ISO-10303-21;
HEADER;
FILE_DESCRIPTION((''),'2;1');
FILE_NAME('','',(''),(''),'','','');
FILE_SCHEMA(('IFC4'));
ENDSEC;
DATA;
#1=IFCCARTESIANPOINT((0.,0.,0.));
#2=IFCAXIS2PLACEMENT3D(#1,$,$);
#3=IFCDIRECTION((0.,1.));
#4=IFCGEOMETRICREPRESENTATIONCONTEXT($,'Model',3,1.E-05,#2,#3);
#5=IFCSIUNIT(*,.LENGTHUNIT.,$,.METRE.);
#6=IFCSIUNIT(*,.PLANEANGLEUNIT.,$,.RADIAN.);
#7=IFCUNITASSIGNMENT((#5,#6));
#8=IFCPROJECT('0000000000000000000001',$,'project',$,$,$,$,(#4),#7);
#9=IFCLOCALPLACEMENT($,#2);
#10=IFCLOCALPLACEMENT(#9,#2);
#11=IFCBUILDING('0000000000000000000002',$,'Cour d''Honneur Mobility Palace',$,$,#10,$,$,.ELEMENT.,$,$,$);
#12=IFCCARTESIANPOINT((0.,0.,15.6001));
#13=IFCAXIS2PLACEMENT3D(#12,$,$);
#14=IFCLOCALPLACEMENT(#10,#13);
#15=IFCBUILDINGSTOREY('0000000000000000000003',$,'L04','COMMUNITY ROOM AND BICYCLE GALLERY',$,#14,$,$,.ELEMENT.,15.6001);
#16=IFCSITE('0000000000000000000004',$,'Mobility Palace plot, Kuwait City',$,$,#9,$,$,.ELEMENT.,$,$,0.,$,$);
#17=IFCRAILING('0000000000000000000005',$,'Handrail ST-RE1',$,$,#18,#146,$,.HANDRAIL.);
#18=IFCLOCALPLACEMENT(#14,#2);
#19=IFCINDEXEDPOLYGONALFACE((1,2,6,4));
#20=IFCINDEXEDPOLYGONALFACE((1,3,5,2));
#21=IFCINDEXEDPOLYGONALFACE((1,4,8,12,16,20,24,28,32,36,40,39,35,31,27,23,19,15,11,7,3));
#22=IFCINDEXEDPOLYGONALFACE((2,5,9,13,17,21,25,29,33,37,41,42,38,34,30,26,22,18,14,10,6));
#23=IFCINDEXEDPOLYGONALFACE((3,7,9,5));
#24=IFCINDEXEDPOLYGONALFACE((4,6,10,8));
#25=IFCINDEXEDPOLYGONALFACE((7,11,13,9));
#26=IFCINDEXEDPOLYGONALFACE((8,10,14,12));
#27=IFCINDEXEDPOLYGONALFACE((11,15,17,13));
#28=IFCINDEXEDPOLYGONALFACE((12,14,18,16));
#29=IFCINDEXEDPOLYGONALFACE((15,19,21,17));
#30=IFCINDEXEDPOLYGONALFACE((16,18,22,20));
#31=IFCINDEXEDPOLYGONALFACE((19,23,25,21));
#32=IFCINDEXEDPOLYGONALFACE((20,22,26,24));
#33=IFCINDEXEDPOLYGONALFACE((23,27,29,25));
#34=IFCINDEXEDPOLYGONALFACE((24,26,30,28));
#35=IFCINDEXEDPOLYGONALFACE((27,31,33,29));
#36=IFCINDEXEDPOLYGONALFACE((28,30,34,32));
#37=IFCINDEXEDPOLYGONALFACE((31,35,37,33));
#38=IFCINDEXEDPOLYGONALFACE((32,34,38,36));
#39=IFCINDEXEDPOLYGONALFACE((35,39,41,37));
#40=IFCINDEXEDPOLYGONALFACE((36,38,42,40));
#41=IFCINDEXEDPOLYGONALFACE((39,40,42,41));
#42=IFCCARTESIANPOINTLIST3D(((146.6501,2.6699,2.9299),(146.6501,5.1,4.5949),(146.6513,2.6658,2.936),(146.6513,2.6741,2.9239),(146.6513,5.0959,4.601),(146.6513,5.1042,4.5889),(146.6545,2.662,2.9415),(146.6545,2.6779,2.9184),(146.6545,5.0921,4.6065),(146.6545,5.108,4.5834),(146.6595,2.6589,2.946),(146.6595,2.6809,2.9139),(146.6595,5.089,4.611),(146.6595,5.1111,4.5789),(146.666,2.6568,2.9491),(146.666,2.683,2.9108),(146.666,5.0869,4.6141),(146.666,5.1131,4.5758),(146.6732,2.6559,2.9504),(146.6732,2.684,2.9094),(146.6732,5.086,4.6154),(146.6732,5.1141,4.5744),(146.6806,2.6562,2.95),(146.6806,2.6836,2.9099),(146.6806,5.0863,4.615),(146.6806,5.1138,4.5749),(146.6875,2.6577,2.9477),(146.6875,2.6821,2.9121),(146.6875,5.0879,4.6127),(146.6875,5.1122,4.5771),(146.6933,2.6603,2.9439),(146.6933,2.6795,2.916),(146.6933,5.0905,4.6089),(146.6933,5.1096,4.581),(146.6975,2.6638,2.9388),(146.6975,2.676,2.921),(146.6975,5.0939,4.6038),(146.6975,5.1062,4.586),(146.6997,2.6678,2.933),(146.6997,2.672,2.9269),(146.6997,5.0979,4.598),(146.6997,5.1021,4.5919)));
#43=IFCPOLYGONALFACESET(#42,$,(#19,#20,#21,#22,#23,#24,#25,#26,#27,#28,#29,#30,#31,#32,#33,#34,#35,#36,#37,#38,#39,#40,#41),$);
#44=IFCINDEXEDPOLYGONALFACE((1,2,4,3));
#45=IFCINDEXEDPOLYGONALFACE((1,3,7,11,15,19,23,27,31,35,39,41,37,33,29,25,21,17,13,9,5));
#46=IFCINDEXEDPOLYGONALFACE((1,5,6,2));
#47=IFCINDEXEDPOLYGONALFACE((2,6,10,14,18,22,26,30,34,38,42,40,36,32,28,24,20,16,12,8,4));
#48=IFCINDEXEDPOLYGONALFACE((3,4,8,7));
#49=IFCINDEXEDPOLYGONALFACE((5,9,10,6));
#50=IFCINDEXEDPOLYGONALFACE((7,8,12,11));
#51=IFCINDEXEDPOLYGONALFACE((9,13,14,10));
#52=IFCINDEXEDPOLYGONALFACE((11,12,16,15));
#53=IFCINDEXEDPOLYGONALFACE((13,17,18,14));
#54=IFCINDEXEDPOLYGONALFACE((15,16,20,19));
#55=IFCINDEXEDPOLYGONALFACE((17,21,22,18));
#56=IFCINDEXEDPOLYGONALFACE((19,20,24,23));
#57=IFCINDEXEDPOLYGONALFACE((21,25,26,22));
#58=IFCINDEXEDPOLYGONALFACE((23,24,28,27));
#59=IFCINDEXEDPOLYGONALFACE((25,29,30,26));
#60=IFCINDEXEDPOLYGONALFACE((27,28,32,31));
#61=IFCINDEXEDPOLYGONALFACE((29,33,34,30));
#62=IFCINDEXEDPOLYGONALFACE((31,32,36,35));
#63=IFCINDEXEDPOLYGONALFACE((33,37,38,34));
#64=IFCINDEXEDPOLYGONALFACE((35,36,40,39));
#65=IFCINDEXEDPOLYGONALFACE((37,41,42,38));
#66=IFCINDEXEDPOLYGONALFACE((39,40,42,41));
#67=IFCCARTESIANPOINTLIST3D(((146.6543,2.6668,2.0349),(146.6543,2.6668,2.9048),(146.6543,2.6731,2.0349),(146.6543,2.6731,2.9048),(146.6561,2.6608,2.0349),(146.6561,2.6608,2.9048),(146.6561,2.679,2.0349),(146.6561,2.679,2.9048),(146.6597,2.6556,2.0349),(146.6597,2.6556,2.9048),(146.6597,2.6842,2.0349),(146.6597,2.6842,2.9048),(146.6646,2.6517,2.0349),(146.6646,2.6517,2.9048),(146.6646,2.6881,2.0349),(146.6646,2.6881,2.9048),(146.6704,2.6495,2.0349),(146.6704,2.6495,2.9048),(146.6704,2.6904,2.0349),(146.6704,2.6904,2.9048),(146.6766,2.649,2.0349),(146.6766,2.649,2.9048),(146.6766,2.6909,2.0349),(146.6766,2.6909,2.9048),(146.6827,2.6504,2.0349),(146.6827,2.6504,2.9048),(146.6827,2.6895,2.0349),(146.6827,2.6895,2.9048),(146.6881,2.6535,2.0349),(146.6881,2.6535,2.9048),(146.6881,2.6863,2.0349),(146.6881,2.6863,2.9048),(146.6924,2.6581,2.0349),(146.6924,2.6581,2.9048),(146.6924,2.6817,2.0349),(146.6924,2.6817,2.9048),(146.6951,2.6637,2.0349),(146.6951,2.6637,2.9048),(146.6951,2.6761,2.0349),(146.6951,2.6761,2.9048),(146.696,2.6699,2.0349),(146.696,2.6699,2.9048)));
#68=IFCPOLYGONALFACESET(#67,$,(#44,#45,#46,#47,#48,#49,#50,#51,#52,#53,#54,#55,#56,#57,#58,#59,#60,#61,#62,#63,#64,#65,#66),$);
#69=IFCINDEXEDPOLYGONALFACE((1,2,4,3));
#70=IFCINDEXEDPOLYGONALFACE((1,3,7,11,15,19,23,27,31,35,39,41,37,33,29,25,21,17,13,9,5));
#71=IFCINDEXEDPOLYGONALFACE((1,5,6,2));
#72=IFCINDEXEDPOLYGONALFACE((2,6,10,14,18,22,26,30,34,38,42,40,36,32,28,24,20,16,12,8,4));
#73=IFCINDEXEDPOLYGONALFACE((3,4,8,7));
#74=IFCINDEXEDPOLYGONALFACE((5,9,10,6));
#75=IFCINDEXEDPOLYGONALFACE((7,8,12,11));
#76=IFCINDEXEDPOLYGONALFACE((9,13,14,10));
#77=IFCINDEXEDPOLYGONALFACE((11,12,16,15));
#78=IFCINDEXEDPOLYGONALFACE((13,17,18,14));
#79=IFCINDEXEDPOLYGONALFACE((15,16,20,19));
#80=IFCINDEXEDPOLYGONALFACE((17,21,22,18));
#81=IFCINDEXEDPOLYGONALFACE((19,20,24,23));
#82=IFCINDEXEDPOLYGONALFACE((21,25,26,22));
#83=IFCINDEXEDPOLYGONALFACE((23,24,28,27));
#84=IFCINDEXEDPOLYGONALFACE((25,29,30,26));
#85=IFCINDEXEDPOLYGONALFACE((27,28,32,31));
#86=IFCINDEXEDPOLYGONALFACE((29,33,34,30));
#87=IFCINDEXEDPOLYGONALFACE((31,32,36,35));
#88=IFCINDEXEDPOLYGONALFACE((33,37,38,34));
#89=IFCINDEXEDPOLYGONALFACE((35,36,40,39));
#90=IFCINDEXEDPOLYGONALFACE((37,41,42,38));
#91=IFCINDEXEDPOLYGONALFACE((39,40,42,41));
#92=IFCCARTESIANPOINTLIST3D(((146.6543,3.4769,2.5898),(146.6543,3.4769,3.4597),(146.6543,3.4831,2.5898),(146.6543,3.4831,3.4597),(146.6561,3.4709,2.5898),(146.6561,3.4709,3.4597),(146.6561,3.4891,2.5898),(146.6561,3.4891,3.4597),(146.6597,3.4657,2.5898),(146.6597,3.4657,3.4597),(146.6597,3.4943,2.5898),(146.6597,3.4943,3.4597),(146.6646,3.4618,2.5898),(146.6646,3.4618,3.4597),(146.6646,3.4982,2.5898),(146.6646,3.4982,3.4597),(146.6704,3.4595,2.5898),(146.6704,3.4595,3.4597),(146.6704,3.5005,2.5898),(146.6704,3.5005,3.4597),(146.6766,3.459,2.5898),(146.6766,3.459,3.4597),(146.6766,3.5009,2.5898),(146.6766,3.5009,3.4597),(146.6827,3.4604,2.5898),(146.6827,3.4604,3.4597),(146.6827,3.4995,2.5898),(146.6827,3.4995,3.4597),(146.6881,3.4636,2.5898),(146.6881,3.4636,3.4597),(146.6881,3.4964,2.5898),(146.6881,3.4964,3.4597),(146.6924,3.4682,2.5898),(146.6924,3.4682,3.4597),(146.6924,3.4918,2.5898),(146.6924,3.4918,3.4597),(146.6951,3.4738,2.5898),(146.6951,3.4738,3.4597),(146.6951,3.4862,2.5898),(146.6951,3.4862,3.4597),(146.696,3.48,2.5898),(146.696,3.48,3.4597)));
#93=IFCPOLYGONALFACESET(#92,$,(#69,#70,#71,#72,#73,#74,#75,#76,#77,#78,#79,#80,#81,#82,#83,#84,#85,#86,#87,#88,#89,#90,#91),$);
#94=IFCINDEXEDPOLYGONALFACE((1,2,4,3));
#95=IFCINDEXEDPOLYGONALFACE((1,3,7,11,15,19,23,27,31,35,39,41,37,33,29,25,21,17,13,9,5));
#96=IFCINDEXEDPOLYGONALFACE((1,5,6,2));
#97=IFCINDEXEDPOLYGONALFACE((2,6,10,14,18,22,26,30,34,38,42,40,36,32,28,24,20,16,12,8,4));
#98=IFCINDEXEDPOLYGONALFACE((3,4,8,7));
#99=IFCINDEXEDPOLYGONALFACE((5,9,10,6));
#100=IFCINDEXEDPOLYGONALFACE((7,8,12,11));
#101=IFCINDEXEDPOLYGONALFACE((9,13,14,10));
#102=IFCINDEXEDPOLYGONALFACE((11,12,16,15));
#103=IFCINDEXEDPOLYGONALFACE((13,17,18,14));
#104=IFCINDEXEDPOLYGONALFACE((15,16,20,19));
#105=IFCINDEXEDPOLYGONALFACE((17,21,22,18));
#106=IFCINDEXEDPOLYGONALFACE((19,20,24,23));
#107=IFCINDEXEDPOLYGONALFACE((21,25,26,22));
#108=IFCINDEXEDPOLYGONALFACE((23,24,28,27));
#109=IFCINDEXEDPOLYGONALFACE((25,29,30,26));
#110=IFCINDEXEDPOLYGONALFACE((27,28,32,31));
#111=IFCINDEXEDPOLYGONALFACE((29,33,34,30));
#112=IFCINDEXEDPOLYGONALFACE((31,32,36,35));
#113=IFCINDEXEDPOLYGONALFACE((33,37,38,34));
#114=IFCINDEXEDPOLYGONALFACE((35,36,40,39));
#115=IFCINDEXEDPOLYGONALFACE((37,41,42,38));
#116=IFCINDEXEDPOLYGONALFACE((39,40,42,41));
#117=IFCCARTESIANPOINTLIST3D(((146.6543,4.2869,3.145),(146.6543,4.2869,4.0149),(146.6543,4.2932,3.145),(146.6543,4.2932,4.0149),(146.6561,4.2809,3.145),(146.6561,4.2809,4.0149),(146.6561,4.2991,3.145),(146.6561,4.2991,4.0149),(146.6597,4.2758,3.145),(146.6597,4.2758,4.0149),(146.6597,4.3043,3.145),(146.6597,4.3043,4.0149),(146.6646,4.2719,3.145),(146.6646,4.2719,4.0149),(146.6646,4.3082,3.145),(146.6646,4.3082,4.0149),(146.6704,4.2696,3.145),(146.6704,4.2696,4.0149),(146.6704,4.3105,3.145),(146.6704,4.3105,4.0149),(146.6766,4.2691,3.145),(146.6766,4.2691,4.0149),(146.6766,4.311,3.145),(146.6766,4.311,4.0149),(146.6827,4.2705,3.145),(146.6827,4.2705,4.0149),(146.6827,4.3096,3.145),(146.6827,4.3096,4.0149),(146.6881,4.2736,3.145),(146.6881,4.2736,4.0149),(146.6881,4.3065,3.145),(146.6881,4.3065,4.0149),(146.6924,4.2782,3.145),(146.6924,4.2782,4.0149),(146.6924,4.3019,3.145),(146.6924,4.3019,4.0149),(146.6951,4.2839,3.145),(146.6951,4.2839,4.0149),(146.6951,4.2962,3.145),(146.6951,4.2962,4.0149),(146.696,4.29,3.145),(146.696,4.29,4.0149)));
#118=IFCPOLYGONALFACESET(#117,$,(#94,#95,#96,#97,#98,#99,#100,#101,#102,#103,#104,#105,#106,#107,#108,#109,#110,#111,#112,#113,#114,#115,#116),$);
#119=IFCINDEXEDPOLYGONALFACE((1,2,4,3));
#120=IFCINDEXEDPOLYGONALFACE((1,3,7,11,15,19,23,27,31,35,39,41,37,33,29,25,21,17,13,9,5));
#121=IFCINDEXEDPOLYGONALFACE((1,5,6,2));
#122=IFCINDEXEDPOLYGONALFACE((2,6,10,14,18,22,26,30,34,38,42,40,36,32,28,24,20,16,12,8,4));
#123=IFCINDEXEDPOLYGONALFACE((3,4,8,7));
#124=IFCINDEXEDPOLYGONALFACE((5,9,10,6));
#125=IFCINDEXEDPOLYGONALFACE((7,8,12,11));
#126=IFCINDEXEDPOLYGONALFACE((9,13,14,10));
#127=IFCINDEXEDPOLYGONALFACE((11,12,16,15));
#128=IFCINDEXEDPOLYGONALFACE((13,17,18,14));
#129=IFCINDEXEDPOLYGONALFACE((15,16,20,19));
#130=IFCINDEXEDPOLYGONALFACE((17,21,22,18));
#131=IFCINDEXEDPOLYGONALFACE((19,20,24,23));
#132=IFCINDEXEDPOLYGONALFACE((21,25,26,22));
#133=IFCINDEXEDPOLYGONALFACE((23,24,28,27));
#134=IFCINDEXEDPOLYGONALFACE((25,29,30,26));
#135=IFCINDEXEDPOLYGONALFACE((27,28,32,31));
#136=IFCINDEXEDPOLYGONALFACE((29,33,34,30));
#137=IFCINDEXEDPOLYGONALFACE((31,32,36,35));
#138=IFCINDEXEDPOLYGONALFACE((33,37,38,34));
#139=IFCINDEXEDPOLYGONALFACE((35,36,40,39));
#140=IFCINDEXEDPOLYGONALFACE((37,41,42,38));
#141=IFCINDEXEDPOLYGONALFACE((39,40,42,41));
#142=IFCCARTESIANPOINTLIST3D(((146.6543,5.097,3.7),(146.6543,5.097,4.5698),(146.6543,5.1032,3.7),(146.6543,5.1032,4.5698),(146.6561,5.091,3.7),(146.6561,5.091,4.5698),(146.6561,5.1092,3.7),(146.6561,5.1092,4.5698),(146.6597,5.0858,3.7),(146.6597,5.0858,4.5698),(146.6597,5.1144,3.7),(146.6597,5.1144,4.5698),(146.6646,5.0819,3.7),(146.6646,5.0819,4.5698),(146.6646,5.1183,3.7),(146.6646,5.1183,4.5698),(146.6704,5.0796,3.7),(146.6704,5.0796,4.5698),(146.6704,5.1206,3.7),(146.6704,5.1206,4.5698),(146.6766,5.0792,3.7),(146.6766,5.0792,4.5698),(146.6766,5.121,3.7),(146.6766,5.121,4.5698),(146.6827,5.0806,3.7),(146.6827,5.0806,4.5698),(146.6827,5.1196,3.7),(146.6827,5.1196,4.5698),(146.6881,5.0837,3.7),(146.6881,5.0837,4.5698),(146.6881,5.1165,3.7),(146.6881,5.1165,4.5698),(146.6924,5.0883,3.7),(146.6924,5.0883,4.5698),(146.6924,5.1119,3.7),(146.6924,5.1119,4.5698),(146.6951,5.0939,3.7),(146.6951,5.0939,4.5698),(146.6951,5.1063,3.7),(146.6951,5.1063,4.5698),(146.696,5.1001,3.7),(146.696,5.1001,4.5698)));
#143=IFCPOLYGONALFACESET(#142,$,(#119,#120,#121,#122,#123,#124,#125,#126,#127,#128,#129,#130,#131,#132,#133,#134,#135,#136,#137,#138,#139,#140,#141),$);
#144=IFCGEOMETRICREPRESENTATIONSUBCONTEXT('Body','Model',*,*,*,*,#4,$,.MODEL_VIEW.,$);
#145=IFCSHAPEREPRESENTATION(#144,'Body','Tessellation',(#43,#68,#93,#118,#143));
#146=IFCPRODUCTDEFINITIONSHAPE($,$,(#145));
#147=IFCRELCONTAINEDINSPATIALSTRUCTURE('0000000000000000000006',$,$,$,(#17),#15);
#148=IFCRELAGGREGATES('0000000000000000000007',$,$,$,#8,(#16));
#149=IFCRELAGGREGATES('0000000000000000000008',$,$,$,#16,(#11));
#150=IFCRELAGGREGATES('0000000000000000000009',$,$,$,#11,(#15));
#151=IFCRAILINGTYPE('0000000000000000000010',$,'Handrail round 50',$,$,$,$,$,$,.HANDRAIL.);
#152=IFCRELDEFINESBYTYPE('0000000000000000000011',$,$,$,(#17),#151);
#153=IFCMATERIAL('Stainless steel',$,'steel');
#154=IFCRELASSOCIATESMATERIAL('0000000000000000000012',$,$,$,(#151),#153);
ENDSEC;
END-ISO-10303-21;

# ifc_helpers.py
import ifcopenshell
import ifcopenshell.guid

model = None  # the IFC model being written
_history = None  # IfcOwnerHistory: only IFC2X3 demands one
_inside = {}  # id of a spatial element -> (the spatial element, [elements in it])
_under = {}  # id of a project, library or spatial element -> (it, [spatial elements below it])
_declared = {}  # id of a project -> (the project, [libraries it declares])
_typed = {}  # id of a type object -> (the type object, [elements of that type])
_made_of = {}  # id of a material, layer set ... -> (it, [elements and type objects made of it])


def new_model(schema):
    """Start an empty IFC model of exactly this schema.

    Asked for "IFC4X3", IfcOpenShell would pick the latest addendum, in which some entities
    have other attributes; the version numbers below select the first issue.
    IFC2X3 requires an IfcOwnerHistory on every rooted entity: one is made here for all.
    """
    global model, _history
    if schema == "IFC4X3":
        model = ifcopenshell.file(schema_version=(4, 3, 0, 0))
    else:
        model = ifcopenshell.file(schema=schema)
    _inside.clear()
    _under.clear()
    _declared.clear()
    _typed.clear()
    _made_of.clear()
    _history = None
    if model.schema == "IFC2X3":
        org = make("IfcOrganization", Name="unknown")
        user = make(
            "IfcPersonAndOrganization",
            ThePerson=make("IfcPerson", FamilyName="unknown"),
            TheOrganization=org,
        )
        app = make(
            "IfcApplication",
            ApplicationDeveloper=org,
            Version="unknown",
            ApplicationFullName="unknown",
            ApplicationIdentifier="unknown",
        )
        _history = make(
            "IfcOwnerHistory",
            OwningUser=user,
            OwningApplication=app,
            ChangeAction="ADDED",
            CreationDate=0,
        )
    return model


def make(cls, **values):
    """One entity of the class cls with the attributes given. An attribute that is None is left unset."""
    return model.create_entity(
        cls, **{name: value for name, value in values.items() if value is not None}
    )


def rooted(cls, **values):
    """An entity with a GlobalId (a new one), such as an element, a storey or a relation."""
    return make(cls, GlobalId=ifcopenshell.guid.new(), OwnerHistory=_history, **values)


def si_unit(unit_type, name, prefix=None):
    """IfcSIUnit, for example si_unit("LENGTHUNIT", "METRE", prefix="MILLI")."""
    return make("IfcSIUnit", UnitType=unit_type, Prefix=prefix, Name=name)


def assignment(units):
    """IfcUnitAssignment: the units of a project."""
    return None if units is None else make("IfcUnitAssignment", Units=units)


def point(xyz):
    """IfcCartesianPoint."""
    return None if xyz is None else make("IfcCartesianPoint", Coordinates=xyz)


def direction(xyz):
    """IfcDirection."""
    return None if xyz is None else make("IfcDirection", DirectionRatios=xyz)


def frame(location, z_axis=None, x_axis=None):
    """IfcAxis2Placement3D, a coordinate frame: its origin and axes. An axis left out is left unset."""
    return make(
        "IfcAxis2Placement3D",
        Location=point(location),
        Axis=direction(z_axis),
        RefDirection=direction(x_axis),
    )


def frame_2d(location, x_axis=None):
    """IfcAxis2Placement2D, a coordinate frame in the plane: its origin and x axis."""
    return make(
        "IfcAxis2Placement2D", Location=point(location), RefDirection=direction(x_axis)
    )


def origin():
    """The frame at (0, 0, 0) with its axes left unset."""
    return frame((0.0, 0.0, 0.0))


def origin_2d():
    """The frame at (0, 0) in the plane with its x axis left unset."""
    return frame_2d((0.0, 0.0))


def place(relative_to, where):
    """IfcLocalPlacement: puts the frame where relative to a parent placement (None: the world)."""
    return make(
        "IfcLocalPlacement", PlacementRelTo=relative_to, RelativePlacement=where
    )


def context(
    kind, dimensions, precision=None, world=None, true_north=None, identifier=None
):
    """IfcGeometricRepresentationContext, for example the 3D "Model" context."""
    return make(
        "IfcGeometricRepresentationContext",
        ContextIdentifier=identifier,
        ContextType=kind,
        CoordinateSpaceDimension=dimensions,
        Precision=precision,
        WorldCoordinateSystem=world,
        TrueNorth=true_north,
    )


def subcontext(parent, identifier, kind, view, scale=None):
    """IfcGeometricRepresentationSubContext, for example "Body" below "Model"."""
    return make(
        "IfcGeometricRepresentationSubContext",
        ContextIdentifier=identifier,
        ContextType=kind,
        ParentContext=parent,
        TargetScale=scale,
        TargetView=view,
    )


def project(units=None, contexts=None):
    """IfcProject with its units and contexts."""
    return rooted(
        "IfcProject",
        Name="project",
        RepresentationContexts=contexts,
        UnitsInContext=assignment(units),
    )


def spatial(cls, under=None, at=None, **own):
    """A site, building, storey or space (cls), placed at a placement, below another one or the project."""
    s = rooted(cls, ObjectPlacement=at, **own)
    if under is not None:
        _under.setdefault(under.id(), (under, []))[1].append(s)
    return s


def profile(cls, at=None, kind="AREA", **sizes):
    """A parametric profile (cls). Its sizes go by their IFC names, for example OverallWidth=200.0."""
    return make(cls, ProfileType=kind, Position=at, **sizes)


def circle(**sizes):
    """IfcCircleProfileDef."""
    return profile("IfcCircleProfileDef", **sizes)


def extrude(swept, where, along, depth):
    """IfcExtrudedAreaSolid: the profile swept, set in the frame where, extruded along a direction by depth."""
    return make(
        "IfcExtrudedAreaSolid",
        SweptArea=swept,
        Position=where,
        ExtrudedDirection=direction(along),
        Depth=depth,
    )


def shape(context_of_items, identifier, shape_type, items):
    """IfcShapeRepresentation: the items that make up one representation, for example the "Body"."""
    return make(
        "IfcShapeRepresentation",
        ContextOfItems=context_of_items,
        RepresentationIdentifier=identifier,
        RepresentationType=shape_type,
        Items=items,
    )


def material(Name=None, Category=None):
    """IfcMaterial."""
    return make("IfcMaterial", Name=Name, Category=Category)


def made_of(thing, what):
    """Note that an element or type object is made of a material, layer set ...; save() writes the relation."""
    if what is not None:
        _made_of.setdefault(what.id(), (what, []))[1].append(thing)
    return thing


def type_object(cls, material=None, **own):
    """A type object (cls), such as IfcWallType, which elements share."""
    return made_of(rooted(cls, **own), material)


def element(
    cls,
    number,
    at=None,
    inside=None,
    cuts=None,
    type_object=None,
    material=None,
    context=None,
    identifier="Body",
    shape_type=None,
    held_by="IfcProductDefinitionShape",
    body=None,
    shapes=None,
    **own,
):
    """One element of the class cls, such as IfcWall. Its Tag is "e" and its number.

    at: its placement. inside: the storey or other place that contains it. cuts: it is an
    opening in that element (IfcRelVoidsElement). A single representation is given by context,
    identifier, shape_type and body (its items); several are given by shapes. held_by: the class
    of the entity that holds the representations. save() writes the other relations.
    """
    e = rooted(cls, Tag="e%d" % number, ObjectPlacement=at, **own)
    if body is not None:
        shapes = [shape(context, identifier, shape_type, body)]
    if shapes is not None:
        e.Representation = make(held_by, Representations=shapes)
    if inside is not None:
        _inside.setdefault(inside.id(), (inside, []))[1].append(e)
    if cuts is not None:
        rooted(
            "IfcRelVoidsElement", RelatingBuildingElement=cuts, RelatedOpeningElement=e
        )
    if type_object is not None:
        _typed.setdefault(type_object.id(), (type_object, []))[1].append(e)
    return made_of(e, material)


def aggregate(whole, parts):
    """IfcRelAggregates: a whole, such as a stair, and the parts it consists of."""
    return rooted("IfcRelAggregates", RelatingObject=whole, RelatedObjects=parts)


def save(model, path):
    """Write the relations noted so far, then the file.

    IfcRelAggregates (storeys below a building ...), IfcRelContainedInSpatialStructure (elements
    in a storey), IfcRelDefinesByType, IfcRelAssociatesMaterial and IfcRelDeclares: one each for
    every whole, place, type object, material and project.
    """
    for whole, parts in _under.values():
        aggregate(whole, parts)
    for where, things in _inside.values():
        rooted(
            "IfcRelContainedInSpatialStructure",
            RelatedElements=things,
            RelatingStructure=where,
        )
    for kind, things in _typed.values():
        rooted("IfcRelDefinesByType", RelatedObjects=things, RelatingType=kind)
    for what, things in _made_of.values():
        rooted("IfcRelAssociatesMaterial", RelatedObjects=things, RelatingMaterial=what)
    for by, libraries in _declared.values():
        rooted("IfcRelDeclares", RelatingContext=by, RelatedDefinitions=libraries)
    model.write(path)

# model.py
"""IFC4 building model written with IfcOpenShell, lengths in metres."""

from ifc_helpers import new_model, si_unit, direction, frame, origin, origin_2d, place, context, subcontext, project, spatial, circle, extrude, material, type_object, element, save


model = new_model("IFC4")

# Units and contexts
model_context = context("Model", 3, precision=1e-05, world=origin(), true_north=direction((0.0, 1.0)))
body_context = subcontext(model_context, "Body", "Model", "MODEL_VIEW")
ifc_project = project(units=[si_unit("LENGTHUNIT", "METRE"), si_unit("PLANEANGLEUNIT", "RADIAN")], contexts=[model_context])

# Site, building, storey
site_placement = place(None, origin())
site = spatial("IfcSite", under=ifc_project, at=site_placement, Name="Mobility Palace plot, Kuwait City", CompositionType="ELEMENT", RefElevation=0.0)
building_placement = place(site_placement, origin())
building = spatial("IfcBuilding", under=site, at=building_placement, Name="Cour d'Honneur Mobility Palace", CompositionType="ELEMENT")
storey_placement = place(building_placement, frame((0.0, 0.0, 15.6001)))
storey = spatial("IfcBuildingStorey", under=building, at=storey_placement, Name="L04", Description="COMMUNITY ROOM AND BICYCLE GALLERY", CompositionType="ELEMENT", Elevation=15.6001)

# Railing
ifc_material_1 = material(Name="Stainless steel", Category="steel")
railing_type_1 = type_object("IfcRailingType", Name="Handrail round 50", PredefinedType="HANDRAIL", material=ifc_material_1)
railing_1_placement = place(storey_placement, frame((146.675, 2.6699, 2.0349)))
element("IfcRailing", 1, at=railing_1_placement, inside=storey, type_object=railing_type_1, Name="Handrail ST-RE1", PredefinedType="HANDRAIL", context=body_context, shape_type="SweptSolid", body=[
    extrude(circle(Radius=0.0249, at=origin_2d()), frame((0.0, 0.0, 0.895), z_axis=(0.0, 0.824945, 0.565213), x_axis=(-1.0, 0.0, 0.0)), (0.0, 0.0, 1.0), 2.9458),
    extrude(circle(Radius=0.021, at=origin_2d()), origin(), (0.0, 0.0, 1.0), 0.8699),
    extrude(circle(Radius=0.021, at=origin_2d()), frame((0.0, 0.8101, 0.5549)), (0.0, 0.0, 1.0), 0.8699),
    extrude(circle(Radius=0.021, at=origin_2d()), frame((0.0, 1.6201, 1.1101)), (0.0, 0.0, 1.0), 0.8699),
    extrude(circle(Radius=0.021, at=origin_2d()), frame((0.0, 2.4302, 1.665)), (0.0, 0.0, 1.0), 0.8699),
])

save(model, "model.ifc")
